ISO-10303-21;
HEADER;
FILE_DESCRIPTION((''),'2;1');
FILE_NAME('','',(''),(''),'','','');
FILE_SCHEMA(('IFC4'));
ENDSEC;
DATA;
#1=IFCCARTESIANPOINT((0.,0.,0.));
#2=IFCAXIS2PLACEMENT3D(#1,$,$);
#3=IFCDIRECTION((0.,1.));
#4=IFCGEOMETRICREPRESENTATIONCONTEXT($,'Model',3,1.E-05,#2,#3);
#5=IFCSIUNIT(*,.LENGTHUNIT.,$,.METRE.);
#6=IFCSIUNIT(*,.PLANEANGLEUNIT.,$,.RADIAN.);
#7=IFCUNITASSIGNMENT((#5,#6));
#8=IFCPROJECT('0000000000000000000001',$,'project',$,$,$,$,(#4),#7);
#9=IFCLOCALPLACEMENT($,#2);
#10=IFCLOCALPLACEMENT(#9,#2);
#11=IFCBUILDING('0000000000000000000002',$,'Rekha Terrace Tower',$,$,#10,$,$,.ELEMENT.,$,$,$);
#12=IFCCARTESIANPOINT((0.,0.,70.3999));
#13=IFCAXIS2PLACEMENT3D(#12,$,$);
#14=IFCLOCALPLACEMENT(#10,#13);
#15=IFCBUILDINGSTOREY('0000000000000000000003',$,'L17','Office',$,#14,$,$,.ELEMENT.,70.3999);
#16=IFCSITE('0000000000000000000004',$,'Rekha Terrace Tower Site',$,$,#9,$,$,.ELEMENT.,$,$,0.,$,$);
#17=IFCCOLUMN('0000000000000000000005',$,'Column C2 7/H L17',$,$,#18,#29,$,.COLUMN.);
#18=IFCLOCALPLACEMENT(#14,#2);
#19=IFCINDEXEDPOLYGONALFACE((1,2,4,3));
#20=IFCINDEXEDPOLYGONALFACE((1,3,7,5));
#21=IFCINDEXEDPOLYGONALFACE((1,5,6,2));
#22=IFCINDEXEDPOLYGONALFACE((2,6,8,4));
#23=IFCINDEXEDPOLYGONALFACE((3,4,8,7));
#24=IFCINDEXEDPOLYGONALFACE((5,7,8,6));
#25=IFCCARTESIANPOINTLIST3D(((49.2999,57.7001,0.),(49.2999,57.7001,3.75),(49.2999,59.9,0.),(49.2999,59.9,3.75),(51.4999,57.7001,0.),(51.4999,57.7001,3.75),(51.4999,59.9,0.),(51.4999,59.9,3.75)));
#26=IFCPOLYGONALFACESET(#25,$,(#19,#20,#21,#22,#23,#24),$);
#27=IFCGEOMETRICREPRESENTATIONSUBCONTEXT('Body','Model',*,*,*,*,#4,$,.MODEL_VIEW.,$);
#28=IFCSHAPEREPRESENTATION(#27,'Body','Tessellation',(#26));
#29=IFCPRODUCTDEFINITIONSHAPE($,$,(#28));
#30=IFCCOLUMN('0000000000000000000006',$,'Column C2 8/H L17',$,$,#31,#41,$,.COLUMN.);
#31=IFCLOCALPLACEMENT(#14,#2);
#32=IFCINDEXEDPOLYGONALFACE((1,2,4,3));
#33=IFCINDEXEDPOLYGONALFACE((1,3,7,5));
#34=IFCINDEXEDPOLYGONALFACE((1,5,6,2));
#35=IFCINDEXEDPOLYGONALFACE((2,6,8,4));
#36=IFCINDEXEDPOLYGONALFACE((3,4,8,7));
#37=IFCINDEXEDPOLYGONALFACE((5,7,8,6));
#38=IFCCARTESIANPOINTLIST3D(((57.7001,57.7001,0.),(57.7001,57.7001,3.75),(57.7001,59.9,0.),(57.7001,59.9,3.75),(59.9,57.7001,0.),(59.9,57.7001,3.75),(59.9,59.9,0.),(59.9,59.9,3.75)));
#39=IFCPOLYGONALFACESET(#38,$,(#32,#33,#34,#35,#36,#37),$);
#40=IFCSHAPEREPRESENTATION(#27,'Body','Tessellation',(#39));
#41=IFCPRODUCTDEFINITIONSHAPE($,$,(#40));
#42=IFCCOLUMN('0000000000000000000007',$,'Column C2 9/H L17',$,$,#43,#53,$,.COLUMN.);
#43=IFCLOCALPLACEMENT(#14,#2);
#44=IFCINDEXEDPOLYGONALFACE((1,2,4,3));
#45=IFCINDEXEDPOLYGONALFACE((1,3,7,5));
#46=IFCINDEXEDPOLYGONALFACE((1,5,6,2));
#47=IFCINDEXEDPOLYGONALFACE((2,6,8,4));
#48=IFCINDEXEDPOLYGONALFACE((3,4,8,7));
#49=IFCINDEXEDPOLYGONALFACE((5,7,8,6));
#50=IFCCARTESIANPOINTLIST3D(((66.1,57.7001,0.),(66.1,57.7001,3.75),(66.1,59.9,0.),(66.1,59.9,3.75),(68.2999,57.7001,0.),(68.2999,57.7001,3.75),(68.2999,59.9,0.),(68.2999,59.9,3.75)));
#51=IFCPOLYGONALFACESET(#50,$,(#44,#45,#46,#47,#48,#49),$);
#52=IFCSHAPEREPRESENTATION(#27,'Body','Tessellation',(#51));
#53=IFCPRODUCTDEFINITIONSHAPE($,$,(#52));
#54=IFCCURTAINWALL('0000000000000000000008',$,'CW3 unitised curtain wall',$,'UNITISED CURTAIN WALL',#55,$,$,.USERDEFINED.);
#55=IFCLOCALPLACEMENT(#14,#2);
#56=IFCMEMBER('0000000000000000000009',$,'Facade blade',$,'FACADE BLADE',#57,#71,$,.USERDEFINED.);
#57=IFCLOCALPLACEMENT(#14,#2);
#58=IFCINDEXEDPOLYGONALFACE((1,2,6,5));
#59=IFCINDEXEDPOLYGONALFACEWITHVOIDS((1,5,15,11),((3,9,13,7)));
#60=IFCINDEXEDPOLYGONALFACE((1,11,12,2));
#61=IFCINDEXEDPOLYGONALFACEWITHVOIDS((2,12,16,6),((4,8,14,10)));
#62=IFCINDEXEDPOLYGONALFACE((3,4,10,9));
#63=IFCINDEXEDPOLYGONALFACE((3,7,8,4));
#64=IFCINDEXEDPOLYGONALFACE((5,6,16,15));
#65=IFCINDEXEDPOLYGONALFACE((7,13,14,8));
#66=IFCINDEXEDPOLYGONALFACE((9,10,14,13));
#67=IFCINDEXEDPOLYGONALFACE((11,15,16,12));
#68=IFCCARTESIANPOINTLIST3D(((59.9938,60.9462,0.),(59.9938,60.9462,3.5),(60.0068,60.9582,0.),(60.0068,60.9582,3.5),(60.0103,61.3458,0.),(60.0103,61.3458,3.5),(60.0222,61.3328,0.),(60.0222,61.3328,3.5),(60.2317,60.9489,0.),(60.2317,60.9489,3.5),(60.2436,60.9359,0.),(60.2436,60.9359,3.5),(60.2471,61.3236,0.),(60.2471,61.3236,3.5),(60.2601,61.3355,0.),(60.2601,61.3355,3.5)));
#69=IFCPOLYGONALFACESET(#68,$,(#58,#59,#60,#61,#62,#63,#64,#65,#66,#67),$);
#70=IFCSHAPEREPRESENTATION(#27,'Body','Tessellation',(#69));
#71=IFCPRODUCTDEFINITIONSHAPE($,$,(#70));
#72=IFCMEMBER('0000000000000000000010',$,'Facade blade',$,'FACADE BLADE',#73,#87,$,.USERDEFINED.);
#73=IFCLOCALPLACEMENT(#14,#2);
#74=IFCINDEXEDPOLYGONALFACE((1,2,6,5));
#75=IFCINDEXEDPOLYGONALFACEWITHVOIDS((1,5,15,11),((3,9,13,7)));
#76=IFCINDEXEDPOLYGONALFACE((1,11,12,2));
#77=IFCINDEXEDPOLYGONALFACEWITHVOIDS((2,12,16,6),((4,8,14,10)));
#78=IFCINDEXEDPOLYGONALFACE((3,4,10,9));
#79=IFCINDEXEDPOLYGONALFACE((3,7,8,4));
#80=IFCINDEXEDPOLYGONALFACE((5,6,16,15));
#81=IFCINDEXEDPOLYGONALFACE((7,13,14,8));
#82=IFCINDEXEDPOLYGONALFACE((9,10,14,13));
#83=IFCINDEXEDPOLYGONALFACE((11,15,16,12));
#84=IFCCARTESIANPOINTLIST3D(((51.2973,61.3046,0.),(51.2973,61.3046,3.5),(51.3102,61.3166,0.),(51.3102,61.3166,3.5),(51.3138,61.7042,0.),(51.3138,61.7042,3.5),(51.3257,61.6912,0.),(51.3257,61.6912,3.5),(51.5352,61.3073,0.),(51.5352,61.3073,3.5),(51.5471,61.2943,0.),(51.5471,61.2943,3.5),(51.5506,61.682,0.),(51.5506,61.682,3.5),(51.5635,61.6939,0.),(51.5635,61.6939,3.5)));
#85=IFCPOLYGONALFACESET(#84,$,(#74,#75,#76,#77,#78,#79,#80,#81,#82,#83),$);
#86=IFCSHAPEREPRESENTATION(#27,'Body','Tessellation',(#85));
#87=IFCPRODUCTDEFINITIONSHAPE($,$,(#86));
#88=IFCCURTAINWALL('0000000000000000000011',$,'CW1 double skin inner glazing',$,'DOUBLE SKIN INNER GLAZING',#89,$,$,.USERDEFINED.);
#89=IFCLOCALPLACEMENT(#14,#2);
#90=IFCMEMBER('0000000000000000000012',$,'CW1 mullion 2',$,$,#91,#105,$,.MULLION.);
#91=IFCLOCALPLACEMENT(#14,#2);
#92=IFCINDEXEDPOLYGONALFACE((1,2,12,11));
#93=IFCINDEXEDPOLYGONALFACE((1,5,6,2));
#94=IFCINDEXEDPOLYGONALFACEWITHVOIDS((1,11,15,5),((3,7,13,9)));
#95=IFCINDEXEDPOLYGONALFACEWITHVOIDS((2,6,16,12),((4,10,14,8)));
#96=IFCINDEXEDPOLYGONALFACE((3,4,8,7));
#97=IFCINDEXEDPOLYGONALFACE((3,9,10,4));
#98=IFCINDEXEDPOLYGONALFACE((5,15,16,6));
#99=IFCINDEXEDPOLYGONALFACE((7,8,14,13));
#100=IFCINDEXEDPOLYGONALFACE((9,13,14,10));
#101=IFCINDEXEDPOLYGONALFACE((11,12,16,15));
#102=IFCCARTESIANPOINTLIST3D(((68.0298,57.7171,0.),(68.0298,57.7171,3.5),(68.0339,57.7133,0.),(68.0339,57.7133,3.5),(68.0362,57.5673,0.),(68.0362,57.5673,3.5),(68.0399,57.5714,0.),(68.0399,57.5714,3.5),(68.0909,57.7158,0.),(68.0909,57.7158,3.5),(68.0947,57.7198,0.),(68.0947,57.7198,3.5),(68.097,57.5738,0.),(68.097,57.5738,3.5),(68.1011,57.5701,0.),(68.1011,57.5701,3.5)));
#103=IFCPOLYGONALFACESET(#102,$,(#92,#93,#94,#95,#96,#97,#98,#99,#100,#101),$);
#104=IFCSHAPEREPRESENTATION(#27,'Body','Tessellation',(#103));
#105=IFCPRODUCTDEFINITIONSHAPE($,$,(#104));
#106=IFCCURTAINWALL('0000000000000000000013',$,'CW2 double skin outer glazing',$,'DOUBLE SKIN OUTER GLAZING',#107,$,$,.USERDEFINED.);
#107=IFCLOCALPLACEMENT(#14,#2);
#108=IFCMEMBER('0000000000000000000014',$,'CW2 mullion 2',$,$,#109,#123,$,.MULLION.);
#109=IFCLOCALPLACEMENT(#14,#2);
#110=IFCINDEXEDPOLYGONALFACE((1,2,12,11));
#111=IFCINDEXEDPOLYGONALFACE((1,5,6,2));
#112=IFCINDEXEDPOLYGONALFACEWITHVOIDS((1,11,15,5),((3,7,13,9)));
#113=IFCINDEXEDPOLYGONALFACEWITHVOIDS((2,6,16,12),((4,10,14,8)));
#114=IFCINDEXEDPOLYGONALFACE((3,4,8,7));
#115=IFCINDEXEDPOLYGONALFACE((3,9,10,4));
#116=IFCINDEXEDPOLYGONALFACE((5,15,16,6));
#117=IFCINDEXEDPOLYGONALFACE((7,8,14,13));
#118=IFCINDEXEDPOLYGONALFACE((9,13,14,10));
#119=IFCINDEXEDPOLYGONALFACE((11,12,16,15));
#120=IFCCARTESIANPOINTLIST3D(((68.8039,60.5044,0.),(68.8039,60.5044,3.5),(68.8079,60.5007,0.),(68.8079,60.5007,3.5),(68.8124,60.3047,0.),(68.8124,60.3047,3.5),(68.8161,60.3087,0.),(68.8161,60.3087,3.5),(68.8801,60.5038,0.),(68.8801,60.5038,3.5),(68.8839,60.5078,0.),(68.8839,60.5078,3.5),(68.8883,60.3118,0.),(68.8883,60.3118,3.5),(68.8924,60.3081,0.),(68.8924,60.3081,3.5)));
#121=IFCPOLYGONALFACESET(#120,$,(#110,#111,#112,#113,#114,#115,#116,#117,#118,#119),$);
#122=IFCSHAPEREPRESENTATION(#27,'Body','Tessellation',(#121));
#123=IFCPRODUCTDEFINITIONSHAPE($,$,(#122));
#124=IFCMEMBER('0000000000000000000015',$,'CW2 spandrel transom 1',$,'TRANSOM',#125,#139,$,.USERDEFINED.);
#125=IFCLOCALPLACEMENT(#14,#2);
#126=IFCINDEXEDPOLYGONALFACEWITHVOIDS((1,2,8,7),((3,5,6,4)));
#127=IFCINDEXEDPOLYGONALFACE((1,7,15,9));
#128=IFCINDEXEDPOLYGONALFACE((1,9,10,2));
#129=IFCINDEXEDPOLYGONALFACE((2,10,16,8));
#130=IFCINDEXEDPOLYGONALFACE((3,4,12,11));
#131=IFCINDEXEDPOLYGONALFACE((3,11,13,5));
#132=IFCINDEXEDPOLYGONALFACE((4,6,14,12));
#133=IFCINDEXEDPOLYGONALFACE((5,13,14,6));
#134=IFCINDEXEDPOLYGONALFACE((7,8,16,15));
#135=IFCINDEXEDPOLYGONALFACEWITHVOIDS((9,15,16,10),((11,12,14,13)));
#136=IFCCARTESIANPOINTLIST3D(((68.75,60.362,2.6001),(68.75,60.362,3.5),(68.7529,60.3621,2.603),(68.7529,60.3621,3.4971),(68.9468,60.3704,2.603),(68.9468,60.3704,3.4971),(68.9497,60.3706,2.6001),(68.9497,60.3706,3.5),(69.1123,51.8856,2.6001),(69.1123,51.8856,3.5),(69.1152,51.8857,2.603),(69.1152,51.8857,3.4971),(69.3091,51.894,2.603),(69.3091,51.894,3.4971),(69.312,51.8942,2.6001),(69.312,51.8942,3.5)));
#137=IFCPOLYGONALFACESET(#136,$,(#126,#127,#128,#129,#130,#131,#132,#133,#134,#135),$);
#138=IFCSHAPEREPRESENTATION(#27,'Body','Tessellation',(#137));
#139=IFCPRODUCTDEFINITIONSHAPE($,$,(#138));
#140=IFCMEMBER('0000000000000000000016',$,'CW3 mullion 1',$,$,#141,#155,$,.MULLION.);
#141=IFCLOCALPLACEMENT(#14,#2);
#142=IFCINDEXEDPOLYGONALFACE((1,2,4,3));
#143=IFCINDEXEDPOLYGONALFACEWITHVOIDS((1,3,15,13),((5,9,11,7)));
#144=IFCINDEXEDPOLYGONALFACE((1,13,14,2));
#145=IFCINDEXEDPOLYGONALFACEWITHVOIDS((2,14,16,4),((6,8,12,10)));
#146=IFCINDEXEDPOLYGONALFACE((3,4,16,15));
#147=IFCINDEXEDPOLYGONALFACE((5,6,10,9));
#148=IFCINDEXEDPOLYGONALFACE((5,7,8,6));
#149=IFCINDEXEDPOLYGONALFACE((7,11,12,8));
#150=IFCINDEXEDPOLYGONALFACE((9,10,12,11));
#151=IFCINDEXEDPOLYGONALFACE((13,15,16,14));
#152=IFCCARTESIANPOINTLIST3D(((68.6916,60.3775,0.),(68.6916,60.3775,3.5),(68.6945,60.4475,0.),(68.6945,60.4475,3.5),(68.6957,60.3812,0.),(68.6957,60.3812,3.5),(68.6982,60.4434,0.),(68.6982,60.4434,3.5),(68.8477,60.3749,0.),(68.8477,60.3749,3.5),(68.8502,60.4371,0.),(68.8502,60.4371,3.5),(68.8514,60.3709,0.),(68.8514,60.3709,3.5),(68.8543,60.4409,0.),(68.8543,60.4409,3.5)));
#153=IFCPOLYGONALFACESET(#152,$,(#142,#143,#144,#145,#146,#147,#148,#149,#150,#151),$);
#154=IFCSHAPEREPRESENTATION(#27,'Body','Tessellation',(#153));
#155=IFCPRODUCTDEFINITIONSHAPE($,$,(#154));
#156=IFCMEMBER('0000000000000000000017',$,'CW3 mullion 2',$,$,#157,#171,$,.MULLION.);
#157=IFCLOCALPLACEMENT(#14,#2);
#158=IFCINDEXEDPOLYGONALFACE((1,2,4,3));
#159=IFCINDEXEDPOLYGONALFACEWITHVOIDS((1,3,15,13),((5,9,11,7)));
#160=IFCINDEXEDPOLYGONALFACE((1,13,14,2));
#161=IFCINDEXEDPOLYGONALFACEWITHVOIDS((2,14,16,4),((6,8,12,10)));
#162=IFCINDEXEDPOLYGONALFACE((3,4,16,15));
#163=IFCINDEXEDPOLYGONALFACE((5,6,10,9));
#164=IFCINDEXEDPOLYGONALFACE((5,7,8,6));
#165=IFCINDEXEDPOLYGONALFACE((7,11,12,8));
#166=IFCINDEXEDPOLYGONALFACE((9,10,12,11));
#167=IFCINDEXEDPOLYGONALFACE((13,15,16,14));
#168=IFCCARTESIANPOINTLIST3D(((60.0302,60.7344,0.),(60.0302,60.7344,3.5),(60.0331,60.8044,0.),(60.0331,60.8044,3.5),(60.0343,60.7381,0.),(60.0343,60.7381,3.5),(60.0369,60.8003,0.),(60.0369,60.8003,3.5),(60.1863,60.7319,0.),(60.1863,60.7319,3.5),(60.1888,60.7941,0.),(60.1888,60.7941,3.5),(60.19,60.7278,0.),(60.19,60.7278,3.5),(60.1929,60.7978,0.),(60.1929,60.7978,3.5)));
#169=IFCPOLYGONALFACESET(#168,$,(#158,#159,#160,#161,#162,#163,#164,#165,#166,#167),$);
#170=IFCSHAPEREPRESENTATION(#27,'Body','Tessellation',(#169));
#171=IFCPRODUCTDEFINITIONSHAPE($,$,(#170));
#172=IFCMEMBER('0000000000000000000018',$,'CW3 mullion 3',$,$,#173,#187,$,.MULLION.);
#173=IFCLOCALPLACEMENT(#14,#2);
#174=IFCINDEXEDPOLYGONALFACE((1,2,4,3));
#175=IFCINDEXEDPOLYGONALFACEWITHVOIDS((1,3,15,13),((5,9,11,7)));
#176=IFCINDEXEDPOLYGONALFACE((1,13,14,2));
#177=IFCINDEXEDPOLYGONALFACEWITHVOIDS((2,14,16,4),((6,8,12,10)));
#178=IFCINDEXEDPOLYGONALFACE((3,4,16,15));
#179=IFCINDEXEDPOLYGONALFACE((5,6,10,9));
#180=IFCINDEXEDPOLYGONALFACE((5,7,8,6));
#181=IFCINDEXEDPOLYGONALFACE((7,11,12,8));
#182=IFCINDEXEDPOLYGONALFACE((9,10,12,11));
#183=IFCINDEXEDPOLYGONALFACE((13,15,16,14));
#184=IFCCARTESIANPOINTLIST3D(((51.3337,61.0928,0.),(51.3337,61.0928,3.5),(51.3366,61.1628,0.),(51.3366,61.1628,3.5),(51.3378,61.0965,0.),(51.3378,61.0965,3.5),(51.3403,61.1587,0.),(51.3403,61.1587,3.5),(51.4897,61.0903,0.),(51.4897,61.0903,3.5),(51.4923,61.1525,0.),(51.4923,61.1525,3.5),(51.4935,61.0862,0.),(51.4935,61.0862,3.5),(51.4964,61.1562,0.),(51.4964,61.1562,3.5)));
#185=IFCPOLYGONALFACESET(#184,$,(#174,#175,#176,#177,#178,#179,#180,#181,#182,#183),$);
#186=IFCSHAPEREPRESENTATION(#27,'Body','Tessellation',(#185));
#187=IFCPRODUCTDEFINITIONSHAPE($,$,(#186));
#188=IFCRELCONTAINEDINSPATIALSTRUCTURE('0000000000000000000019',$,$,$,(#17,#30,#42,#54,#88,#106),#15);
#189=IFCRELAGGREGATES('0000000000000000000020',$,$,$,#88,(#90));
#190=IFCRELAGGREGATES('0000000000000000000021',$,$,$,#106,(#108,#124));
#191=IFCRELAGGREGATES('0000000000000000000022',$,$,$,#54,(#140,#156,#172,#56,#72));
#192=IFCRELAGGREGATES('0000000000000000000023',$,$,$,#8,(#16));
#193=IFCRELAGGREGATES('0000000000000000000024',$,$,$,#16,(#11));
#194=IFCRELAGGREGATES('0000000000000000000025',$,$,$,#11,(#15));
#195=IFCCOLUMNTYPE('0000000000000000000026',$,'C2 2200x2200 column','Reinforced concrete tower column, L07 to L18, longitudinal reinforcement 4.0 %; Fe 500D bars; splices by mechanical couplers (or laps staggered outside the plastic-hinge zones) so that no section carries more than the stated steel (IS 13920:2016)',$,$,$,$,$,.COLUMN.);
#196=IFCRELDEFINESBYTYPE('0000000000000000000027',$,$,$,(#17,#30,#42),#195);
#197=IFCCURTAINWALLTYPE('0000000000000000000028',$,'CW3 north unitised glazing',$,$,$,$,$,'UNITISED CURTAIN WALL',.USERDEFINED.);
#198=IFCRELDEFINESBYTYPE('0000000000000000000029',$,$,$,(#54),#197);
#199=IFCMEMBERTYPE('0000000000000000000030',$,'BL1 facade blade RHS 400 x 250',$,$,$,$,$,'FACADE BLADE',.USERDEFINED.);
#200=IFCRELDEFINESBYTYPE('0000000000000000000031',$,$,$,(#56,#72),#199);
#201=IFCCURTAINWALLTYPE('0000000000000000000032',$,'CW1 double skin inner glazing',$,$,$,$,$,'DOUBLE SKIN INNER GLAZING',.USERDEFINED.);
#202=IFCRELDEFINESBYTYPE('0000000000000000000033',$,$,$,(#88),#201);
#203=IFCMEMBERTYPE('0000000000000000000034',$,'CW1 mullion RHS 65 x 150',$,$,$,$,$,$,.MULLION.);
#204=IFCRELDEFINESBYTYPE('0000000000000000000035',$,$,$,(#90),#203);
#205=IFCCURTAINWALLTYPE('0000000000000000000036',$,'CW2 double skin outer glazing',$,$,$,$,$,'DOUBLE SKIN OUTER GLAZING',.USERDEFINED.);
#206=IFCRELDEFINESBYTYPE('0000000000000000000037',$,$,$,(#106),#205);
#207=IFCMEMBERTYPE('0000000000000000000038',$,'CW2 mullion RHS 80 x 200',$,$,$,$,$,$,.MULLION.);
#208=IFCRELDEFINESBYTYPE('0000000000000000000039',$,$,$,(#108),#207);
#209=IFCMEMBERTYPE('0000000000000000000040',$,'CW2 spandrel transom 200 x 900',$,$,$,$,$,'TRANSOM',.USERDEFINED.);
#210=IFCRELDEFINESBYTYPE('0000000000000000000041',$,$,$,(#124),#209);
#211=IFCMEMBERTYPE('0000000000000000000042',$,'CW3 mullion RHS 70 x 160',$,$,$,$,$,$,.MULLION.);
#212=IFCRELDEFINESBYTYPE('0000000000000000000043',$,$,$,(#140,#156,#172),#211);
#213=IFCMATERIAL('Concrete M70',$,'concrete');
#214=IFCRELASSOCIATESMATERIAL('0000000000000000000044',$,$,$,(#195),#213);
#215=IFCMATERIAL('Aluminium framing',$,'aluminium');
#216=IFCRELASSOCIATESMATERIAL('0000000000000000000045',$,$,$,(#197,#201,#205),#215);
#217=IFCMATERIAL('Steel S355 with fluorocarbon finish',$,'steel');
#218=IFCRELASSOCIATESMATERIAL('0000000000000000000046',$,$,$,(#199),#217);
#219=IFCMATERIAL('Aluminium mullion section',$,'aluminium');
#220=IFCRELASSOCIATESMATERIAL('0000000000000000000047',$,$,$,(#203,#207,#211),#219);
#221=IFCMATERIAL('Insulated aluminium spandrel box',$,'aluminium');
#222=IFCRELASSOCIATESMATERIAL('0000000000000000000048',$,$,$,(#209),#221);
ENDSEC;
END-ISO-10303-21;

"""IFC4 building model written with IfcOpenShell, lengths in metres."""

from ifc_helpers import new_model, si_unit, direction, frame, origin, origin_2d, place, context, subcontext, project, spatial, rectangle, hollow_rectangle, extrude, material, material_profile, profile_set, type_object, element, aggregate, save


model = new_model("IFC4")

# Units and contexts
model_context = context("Model", 3, precision=1e-05, world=origin(), true_north=direction((0.0, 1.0)))
body_context = subcontext(model_context, "Body", "Model", "MODEL_VIEW")
ifc_project = project(units=[si_unit("LENGTHUNIT", "METRE"), si_unit("PLANEANGLEUNIT", "RADIAN")], contexts=[model_context])

# Site, building, storey
site_placement = place(None, origin())
site = spatial("IfcSite", under=ifc_project, at=site_placement, Name="Rekha Terrace Tower Site", CompositionType="ELEMENT", RefElevation=0.0)
building_placement = place(site_placement, origin())
building = spatial("IfcBuilding", under=site, at=building_placement, Name="Rekha Terrace Tower", CompositionType="ELEMENT")
storey_placement = place(building_placement, frame((0.0, 0.0, 70.3999)))
storey = spatial("IfcBuildingStorey", under=building, at=storey_placement, Name="L17", Description="Office", CompositionType="ELEMENT", Elevation=70.3999)

# Columns
ifc_material_1 = material(Name="Concrete M70", Category="concrete")
ifc_material_profile_1 = material_profile(ifc_material_1, rectangle(XDim=2.2, YDim=2.2, at=origin_2d()), Name="RC 2200x2200")
ifc_profile_set_1 = profile_set([ifc_material_profile_1], Name="Concrete M70")
column_type = type_object("IfcColumnType", Name="C2 2200x2200 column", Description="Reinforced concrete tower column, L07 to L18, longitudinal reinforcement 4.0 %; Fe 500D bars; splices by mechanical couplers (or laps staggered outside the plastic-hinge zones) so that no section carries more than the stated steel (IS 13920:2016)", PredefinedType="COLUMN", material=ifc_profile_set_1)
for number, where, z_axis, x_axis, name in (
    (1, (50.3999, 58.8, 0.0), (0.0, 0.0, 1.0), (1.0, 0.0, 0.0), "Column C2 7/H L17"),
    (2, (58.8, 58.8, 0.0), (0.0, 0.0, 1.0), (1.0, 0.0, 0.0), "Column C2 8/H L17"),
    (3, (67.2, 58.8, 0.0), (0.0, 0.0, 1.0), (1.0, 0.0, 0.0), "Column C2 9/H L17"),
):
    element("IfcColumn", number, at=place(storey_placement, frame(where, z_axis=z_axis, x_axis=x_axis)), inside=storey, type_object=column_type, Name=name, PredefinedType="COLUMN", context=body_context, shape_type="SweptSolid", body=[
        extrude(rectangle(XDim=2.2, YDim=2.2, at=origin_2d()), origin(), (0.0, 0.0, 1.0), 3.75),
    ])

# Curtain wall, members
ifc_material_2 = material(Name="Aluminium framing", Category="aluminium")
curtain_wall_type_1 = type_object("IfcCurtainWallType", Name="CW3 north unitised glazing", ElementType="UNITISED CURTAIN WALL", PredefinedType="USERDEFINED", material=ifc_material_2)
curtain_wall_1_placement = place(storey_placement, origin())
curtain_wall_1 = element("IfcCurtainWall", 4, at=curtain_wall_1_placement, inside=storey, type_object=curtain_wall_type_1, Name="CW3 unitised curtain wall", ObjectType="UNITISED CURTAIN WALL", PredefinedType="USERDEFINED")
ifc_material_3 = material(Name="Steel S355 with fluorocarbon finish", Category="steel")
ifc_material_profile_2 = material_profile(ifc_material_3, hollow_rectangle(XDim=0.25, YDim=0.3999, WallThickness=0.0125, at=origin_2d()), Name="RHS400x250x12.5")
ifc_profile_set_2 = profile_set([ifc_material_profile_2], Name="Steel S355 with fluorocarbon finish")
member_type_1 = type_object("IfcMemberType", Name="BL1 facade blade RHS 400 x 250", ElementType="FACADE BLADE", PredefinedType="USERDEFINED", material=ifc_profile_set_2)
member_1_placement = place(storey_placement, frame((60.127, 61.1409, 0.0), z_axis=(0.0, 0.0, 1.0), x_axis=(-0.999152, 0.041175, 0.0)))
member_1 = element("IfcMember", 5, at=member_1_placement, type_object=member_type_1, Name="Facade blade", ObjectType="FACADE BLADE", PredefinedType="USERDEFINED", context=body_context, shape_type="SweptSolid", body=[
    extrude(hollow_rectangle(XDim=0.25, YDim=0.3999, WallThickness=0.0125, at=origin_2d()), origin(), (0.0, 0.0, 1.0), 3.5),
])
member_2_placement = place(storey_placement, frame((51.4304, 61.4993, 0.0), z_axis=(0.0, 0.0, 1.0), x_axis=(-0.999152, 0.041175, 0.0)))
member_2 = element("IfcMember", 6, at=member_2_placement, type_object=member_type_1, Name="Facade blade", ObjectType="FACADE BLADE", PredefinedType="USERDEFINED", context=body_context, shape_type="SweptSolid", body=[
    extrude(hollow_rectangle(XDim=0.25, YDim=0.3999, WallThickness=0.0125, at=origin_2d()), origin(), (0.0, 0.0, 1.0), 3.5),
])

# Curtain wall, member
curtain_wall_type_2 = type_object("IfcCurtainWallType", Name="CW1 double skin inner glazing", ElementType="DOUBLE SKIN INNER GLAZING", PredefinedType="USERDEFINED", material=ifc_material_2)
curtain_wall_2_placement = place(storey_placement, origin())
curtain_wall_2 = element("IfcCurtainWall", 7, at=curtain_wall_2_placement, inside=storey, type_object=curtain_wall_type_2, Name="CW1 double skin inner glazing", ObjectType="DOUBLE SKIN INNER GLAZING", PredefinedType="USERDEFINED")
ifc_material_4 = material(Name="Aluminium mullion section", Category="aluminium")
ifc_material_profile_3 = material_profile(ifc_material_4, hollow_rectangle(XDim=0.0649, YDim=0.1499, WallThickness=0.0039, at=origin_2d()), Name="AL RHS 65x150")
ifc_profile_set_3 = profile_set([ifc_material_profile_3], Name="Aluminium mullion section")
member_type_2 = type_object("IfcMemberType", Name="CW1 mullion RHS 65 x 150", PredefinedType="MULLION", material=ifc_profile_set_3)
member_3_placement = place(storey_placement, frame((68.0654, 57.6436, 0.0), z_axis=(0.0, 0.0, 1.0), x_axis=(-0.999088, -0.042696, 0.0)))
member_3 = element("IfcMember", 8, at=member_3_placement, type_object=member_type_2, Name="CW1 mullion 2", PredefinedType="MULLION", context=body_context, shape_type="SweptSolid", body=[
    extrude(hollow_rectangle(XDim=0.0649, YDim=0.1499, WallThickness=0.0039, at=origin_2d()), origin(), (0.0, 0.0, 1.0), 3.5),
])

# Curtain wall, members
curtain_wall_type_3 = type_object("IfcCurtainWallType", Name="CW2 double skin outer glazing", ElementType="DOUBLE SKIN OUTER GLAZING", PredefinedType="USERDEFINED", material=ifc_material_2)
curtain_wall_3_placement = place(storey_placement, origin())
curtain_wall_3 = element("IfcCurtainWall", 9, at=curtain_wall_3_placement, inside=storey, type_object=curtain_wall_type_3, Name="CW2 double skin outer glazing", ObjectType="DOUBLE SKIN OUTER GLAZING", PredefinedType="USERDEFINED")
ifc_material_profile_4 = material_profile(ifc_material_4, hollow_rectangle(XDim=0.0801, YDim=0.2, WallThickness=0.0039, at=origin_2d()), Name="AL RHS 80x200")
ifc_profile_set_4 = profile_set([ifc_material_profile_4], Name="Aluminium mullion section")
member_type_3 = type_object("IfcMemberType", Name="CW2 mullion RHS 80 x 200", PredefinedType="MULLION", material=ifc_profile_set_4)
member_4_placement = place(storey_placement, frame((68.8481, 60.4062, 0.0), z_axis=(0.0, 0.0, 1.0), x_axis=(-0.999088, -0.042696, 0.0)))
member_4 = element("IfcMember", 10, at=member_4_placement, type_object=member_type_3, Name="CW2 mullion 2", PredefinedType="MULLION", context=body_context, shape_type="SweptSolid", body=[
    extrude(hollow_rectangle(XDim=0.0801, YDim=0.2, WallThickness=0.0039, at=origin_2d()), origin(), (0.0, 0.0, 1.0), 3.5),
])
ifc_material_5 = material(Name="Insulated aluminium spandrel box", Category="aluminium")
ifc_material_profile_5 = material_profile(ifc_material_5, hollow_rectangle(XDim=0.2, YDim=0.8999, WallThickness=0.0029, at=origin_2d()), Name="AL SPANDREL BOX 200x900")
ifc_profile_set_5 = profile_set([ifc_material_profile_5], Name="Insulated aluminium spandrel box")
member_type_4 = type_object("IfcMemberType", Name="CW2 spandrel transom 200 x 900", ElementType="TRANSOM", PredefinedType="USERDEFINED", material=ifc_profile_set_5)
member_5_placement = place(storey_placement, frame((69.2122, 51.8899, 3.05), z_axis=(-0.042704, 0.999088, 0.0), x_axis=(-0.999088, -0.042704, 0.0)))
member_5 = element("IfcMember", 11, at=member_5_placement, type_object=member_type_4, Name="CW2 spandrel transom 1", ObjectType="TRANSOM", PredefinedType="USERDEFINED", context=body_context, shape_type="SweptSolid", body=[
    extrude(hollow_rectangle(XDim=0.2, YDim=0.8999, WallThickness=0.0029, at=origin_2d()), origin(), (0.0, 0.0, 1.0), 8.4841),
])

# Members
ifc_material_profile_6 = material_profile(ifc_material_4, hollow_rectangle(XDim=0.0701, YDim=0.1599, WallThickness=0.0039, at=origin_2d()), Name="AL RHS 70x160")
ifc_profile_set_6 = profile_set([ifc_material_profile_6], Name="Aluminium mullion section")
member_type_5 = type_object("IfcMemberType", Name="CW3 mullion RHS 70 x 160", PredefinedType="MULLION", material=ifc_profile_set_6)
member_6_placement = place(storey_placement, frame((68.7729, 60.4092, 0.0), z_axis=(0.0, 0.0, 1.0), x_axis=(-0.041174, -0.999152, 0.0)))
member_6 = element("IfcMember", 12, at=member_6_placement, type_object=member_type_5, Name="CW3 mullion 1", PredefinedType="MULLION", context=body_context, shape_type="SweptSolid", body=[
    extrude(hollow_rectangle(XDim=0.0701, YDim=0.1599, WallThickness=0.0039, at=origin_2d()), origin(), (0.0, 0.0, 1.0), 3.5),
])
member_7_placement = place(storey_placement, frame((60.1116, 60.7661, 0.0), z_axis=(0.0, 0.0, 1.0), x_axis=(-0.041174, -0.999152, 0.0)))
member_7 = element("IfcMember", 13, at=member_7_placement, type_object=member_type_5, Name="CW3 mullion 2", PredefinedType="MULLION", context=body_context, shape_type="SweptSolid", body=[
    extrude(hollow_rectangle(XDim=0.0701, YDim=0.1599, WallThickness=0.0039, at=origin_2d()), origin(), (0.0, 0.0, 1.0), 3.5),
])
member_8_placement = place(storey_placement, frame((51.415, 61.1245, 0.0), z_axis=(0.0, 0.0, 1.0), x_axis=(-0.041174, -0.999152, 0.0)))
member_8 = element("IfcMember", 14, at=member_8_placement, type_object=member_type_5, Name="CW3 mullion 3", PredefinedType="MULLION", context=body_context, shape_type="SweptSolid", body=[
    extrude(hollow_rectangle(XDim=0.0701, YDim=0.1599, WallThickness=0.0039, at=origin_2d()), origin(), (0.0, 0.0, 1.0), 3.5),
])

aggregate(curtain_wall_2, [member_3])
aggregate(curtain_wall_3, [member_4, member_5])
aggregate(curtain_wall_1, [member_6, member_7, member_8, member_1, member_2])

save(model, "model.ifc")
